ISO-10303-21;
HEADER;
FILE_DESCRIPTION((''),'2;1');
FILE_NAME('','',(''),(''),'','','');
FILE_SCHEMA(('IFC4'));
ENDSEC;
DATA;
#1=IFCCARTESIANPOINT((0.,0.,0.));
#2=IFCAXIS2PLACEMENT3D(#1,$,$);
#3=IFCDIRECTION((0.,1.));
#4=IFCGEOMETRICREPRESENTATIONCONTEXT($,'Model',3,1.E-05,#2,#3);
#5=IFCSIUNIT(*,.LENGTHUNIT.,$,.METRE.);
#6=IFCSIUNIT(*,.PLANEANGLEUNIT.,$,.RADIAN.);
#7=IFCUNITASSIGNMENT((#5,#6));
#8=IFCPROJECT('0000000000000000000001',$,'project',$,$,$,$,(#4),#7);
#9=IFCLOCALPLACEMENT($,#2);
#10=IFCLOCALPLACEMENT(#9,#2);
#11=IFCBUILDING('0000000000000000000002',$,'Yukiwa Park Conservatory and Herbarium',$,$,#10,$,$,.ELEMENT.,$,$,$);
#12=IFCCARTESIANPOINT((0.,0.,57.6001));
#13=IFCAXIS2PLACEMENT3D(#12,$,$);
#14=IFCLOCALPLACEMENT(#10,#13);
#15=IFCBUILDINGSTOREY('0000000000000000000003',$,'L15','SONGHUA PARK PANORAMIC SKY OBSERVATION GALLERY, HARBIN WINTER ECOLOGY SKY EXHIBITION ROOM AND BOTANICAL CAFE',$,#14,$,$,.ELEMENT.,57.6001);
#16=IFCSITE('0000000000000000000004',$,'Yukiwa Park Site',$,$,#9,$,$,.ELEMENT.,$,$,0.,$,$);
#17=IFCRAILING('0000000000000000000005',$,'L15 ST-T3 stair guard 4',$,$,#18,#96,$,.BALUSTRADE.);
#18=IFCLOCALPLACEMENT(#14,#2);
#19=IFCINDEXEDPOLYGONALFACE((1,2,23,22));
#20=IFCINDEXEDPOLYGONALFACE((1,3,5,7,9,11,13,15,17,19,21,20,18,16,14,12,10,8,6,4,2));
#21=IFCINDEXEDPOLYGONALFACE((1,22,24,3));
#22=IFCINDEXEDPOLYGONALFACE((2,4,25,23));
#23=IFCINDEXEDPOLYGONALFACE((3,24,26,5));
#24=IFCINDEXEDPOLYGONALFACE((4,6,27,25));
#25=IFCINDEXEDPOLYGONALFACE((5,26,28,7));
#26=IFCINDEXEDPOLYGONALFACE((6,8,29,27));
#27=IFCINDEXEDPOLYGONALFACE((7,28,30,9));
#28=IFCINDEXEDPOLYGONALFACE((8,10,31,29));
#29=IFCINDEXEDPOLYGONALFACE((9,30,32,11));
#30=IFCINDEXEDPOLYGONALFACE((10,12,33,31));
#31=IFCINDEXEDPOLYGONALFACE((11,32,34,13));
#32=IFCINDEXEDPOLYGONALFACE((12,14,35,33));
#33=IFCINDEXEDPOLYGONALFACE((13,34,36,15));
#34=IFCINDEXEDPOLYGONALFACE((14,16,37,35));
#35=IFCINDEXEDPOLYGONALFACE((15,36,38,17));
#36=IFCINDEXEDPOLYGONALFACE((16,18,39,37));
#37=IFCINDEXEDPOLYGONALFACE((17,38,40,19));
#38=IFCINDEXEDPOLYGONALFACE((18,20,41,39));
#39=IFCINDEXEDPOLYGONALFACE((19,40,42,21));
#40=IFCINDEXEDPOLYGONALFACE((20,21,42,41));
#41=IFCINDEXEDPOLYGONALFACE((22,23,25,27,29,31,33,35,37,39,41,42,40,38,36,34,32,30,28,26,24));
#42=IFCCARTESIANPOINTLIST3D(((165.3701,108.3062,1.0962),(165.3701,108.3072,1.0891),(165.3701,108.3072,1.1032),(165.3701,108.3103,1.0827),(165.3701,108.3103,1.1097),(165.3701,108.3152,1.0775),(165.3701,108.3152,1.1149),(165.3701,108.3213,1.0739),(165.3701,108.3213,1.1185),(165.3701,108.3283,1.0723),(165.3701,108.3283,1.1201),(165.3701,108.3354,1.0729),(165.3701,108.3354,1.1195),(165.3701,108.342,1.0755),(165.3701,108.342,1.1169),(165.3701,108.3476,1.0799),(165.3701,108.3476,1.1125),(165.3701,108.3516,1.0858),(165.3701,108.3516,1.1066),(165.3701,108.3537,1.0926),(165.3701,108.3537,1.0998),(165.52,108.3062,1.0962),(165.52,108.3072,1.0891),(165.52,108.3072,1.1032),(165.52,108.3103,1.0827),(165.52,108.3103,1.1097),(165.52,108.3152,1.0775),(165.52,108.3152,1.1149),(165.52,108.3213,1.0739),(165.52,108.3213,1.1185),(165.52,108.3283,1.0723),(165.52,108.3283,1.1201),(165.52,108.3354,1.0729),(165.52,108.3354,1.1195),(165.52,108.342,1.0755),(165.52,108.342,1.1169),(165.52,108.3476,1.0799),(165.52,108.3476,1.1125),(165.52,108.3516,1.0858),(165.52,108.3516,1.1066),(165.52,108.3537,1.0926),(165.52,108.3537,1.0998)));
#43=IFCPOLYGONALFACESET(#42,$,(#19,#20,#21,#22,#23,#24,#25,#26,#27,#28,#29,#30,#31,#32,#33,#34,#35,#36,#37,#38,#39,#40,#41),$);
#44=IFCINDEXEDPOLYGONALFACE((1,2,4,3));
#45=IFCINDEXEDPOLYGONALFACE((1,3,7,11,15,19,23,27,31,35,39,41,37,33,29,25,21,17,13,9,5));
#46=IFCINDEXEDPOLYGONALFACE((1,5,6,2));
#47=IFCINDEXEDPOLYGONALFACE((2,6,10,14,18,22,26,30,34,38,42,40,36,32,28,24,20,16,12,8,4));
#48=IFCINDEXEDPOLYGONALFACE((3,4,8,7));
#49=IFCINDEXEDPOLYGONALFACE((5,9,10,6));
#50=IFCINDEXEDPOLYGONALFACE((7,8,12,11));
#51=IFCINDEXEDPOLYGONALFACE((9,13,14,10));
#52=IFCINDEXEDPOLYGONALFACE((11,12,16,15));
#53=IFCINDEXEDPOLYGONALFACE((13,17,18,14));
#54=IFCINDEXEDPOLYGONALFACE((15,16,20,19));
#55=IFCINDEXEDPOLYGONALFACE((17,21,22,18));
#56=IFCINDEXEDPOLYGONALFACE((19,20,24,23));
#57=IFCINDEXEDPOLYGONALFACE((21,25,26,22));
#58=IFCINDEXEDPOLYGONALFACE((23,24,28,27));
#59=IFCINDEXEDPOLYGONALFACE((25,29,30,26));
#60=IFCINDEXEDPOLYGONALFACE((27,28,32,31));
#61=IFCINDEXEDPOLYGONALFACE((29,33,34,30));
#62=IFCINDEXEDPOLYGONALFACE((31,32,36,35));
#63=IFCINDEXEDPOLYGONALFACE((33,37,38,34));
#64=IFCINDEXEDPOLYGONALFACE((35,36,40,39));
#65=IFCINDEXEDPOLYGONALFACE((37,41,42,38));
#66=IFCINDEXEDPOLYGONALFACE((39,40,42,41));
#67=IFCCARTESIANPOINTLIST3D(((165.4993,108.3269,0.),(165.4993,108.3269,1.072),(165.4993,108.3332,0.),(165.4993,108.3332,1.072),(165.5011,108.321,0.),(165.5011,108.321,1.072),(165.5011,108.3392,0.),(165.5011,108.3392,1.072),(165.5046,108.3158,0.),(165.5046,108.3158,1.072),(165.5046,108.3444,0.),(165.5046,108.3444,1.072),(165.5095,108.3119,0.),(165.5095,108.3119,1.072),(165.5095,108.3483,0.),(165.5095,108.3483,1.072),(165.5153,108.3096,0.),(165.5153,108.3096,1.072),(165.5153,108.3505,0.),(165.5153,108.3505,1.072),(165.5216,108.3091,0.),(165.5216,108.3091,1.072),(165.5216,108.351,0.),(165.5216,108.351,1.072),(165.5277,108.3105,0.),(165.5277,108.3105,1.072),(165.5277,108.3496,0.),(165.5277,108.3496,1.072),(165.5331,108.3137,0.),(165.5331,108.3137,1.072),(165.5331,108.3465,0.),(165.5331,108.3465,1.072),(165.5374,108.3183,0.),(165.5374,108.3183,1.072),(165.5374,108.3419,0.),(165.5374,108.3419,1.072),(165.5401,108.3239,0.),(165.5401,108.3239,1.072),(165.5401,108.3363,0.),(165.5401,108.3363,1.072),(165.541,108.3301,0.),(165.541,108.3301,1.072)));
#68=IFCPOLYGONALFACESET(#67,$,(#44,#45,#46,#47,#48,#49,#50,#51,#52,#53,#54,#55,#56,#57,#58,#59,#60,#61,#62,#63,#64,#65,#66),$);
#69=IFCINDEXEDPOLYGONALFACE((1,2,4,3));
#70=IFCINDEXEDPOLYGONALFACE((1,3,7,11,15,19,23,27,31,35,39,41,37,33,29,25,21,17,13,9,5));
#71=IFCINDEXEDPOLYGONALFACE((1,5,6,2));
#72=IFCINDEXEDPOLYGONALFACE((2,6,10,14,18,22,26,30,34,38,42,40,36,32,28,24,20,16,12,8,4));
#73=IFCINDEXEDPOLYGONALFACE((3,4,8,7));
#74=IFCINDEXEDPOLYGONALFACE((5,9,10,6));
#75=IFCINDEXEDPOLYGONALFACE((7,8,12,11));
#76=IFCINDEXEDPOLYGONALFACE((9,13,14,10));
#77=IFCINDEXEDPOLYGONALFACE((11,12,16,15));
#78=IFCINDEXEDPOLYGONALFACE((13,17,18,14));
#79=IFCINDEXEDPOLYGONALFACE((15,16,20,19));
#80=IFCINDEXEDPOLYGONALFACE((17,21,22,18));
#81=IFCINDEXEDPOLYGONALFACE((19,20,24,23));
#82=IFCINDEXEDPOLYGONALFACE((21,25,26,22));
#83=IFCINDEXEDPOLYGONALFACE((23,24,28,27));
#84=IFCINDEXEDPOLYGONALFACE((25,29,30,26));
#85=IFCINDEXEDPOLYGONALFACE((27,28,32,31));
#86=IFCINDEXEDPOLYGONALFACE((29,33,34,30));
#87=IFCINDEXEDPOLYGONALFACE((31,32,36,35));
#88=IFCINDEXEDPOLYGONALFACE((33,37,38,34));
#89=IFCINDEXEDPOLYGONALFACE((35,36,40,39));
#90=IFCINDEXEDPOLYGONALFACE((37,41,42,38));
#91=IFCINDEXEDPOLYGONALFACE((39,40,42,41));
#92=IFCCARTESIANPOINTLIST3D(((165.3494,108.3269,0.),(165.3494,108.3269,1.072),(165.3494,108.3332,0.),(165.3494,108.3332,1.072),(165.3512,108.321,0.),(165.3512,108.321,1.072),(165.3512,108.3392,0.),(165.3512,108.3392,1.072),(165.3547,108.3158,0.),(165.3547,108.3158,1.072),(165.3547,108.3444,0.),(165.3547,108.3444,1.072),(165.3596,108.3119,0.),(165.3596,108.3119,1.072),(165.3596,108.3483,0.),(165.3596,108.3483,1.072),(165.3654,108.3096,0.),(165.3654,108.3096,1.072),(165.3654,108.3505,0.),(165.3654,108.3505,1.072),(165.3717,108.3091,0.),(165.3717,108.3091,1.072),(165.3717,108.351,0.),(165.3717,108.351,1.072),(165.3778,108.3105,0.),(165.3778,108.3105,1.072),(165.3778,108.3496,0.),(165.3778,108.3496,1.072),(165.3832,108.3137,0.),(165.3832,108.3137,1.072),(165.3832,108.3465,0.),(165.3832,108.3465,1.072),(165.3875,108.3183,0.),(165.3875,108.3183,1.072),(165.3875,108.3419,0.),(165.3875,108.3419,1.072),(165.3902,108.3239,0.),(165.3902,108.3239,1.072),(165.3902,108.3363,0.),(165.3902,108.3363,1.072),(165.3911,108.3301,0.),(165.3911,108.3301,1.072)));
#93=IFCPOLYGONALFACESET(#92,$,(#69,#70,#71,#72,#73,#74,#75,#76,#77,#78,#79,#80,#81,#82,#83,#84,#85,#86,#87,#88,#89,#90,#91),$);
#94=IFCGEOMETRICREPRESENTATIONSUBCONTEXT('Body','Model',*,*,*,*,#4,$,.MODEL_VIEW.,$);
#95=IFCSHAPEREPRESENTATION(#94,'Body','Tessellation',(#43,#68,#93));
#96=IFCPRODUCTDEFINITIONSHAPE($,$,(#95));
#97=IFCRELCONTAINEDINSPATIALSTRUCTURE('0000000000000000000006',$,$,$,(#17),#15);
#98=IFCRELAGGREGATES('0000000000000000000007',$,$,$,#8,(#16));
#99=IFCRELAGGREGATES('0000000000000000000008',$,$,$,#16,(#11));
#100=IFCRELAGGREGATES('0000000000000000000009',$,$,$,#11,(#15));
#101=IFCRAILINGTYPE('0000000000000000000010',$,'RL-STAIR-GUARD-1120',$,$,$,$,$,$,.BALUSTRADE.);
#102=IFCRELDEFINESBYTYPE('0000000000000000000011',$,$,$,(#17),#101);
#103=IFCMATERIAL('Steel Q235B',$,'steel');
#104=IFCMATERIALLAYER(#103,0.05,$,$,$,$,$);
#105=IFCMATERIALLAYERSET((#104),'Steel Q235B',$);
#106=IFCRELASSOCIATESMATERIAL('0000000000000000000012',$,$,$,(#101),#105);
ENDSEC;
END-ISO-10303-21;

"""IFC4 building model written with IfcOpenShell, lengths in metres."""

from ifc_helpers import new_model, si_unit, direction, frame, origin, origin_2d, place, context, subcontext, project, spatial, circle, extrude, material, layer, layer_set, type_object, element, save


model = new_model("IFC4")

# Units and contexts
model_context = context("Model", 3, precision=1e-05, world=origin(), true_north=direction((0.0, 1.0)))
body_context = subcontext(model_context, "Body", "Model", "MODEL_VIEW")
ifc_project = project(units=[si_unit("LENGTHUNIT", "METRE"), si_unit("PLANEANGLEUNIT", "RADIAN")], contexts=[model_context])

# Site, building, storey
site_placement = place(None, origin())
site = spatial("IfcSite", under=ifc_project, at=site_placement, Name="Yukiwa Park Site", CompositionType="ELEMENT", RefElevation=0.0)
building_placement = place(site_placement, origin())
building = spatial("IfcBuilding", under=site, at=building_placement, Name="Yukiwa Park Conservatory and Herbarium", CompositionType="ELEMENT")
storey_placement = place(building_placement, frame((0.0, 0.0, 57.6001)))
storey = spatial("IfcBuildingStorey", under=building, at=storey_placement, Name="L15", Description="SONGHUA PARK PANORAMIC SKY OBSERVATION GALLERY, HARBIN WINTER ECOLOGY SKY EXHIBITION ROOM AND BOTANICAL CAFE", CompositionType="ELEMENT", Elevation=57.6001)

# Railing
ifc_material_1 = material(Name="Steel Q235B", Category="steel")
ifc_layer_1 = layer(ifc_material_1, 0.05)
ifc_layer_set_1 = layer_set([ifc_layer_1], Name="Steel Q235B")
railing_type_1 = type_object("IfcRailingType", Name="RL-STAIR-GUARD-1120", PredefinedType="BALUSTRADE", material=ifc_layer_set_1)
railing_1_placement = place(storey_placement, frame((165.52, 108.3301, 0.0)))
element("IfcRailing", 1, at=railing_1_placement, inside=storey, type_object=railing_type_1, Name="L15 ST-T3 stair guard 4", PredefinedType="BALUSTRADE", context=body_context, shape_type="SweptSolid", body=[
    extrude(circle(Radius=0.0239, at=origin_2d()), frame((0.0, 0.0, 1.0962), z_axis=(-1.0, 0.0, 0.0), x_axis=(0.0, -1.0, 0.0)), (0.0, 0.0, 1.0), 0.1499),
    extrude(circle(Radius=0.021, at=origin_2d()), origin(), (0.0, 0.0, 1.0), 1.072),
    extrude(circle(Radius=0.021, at=origin_2d()), frame((-0.1499, 0.0, 0.0)), (0.0, 0.0, 1.0), 1.072),
])

save(model, "model.ifc")
